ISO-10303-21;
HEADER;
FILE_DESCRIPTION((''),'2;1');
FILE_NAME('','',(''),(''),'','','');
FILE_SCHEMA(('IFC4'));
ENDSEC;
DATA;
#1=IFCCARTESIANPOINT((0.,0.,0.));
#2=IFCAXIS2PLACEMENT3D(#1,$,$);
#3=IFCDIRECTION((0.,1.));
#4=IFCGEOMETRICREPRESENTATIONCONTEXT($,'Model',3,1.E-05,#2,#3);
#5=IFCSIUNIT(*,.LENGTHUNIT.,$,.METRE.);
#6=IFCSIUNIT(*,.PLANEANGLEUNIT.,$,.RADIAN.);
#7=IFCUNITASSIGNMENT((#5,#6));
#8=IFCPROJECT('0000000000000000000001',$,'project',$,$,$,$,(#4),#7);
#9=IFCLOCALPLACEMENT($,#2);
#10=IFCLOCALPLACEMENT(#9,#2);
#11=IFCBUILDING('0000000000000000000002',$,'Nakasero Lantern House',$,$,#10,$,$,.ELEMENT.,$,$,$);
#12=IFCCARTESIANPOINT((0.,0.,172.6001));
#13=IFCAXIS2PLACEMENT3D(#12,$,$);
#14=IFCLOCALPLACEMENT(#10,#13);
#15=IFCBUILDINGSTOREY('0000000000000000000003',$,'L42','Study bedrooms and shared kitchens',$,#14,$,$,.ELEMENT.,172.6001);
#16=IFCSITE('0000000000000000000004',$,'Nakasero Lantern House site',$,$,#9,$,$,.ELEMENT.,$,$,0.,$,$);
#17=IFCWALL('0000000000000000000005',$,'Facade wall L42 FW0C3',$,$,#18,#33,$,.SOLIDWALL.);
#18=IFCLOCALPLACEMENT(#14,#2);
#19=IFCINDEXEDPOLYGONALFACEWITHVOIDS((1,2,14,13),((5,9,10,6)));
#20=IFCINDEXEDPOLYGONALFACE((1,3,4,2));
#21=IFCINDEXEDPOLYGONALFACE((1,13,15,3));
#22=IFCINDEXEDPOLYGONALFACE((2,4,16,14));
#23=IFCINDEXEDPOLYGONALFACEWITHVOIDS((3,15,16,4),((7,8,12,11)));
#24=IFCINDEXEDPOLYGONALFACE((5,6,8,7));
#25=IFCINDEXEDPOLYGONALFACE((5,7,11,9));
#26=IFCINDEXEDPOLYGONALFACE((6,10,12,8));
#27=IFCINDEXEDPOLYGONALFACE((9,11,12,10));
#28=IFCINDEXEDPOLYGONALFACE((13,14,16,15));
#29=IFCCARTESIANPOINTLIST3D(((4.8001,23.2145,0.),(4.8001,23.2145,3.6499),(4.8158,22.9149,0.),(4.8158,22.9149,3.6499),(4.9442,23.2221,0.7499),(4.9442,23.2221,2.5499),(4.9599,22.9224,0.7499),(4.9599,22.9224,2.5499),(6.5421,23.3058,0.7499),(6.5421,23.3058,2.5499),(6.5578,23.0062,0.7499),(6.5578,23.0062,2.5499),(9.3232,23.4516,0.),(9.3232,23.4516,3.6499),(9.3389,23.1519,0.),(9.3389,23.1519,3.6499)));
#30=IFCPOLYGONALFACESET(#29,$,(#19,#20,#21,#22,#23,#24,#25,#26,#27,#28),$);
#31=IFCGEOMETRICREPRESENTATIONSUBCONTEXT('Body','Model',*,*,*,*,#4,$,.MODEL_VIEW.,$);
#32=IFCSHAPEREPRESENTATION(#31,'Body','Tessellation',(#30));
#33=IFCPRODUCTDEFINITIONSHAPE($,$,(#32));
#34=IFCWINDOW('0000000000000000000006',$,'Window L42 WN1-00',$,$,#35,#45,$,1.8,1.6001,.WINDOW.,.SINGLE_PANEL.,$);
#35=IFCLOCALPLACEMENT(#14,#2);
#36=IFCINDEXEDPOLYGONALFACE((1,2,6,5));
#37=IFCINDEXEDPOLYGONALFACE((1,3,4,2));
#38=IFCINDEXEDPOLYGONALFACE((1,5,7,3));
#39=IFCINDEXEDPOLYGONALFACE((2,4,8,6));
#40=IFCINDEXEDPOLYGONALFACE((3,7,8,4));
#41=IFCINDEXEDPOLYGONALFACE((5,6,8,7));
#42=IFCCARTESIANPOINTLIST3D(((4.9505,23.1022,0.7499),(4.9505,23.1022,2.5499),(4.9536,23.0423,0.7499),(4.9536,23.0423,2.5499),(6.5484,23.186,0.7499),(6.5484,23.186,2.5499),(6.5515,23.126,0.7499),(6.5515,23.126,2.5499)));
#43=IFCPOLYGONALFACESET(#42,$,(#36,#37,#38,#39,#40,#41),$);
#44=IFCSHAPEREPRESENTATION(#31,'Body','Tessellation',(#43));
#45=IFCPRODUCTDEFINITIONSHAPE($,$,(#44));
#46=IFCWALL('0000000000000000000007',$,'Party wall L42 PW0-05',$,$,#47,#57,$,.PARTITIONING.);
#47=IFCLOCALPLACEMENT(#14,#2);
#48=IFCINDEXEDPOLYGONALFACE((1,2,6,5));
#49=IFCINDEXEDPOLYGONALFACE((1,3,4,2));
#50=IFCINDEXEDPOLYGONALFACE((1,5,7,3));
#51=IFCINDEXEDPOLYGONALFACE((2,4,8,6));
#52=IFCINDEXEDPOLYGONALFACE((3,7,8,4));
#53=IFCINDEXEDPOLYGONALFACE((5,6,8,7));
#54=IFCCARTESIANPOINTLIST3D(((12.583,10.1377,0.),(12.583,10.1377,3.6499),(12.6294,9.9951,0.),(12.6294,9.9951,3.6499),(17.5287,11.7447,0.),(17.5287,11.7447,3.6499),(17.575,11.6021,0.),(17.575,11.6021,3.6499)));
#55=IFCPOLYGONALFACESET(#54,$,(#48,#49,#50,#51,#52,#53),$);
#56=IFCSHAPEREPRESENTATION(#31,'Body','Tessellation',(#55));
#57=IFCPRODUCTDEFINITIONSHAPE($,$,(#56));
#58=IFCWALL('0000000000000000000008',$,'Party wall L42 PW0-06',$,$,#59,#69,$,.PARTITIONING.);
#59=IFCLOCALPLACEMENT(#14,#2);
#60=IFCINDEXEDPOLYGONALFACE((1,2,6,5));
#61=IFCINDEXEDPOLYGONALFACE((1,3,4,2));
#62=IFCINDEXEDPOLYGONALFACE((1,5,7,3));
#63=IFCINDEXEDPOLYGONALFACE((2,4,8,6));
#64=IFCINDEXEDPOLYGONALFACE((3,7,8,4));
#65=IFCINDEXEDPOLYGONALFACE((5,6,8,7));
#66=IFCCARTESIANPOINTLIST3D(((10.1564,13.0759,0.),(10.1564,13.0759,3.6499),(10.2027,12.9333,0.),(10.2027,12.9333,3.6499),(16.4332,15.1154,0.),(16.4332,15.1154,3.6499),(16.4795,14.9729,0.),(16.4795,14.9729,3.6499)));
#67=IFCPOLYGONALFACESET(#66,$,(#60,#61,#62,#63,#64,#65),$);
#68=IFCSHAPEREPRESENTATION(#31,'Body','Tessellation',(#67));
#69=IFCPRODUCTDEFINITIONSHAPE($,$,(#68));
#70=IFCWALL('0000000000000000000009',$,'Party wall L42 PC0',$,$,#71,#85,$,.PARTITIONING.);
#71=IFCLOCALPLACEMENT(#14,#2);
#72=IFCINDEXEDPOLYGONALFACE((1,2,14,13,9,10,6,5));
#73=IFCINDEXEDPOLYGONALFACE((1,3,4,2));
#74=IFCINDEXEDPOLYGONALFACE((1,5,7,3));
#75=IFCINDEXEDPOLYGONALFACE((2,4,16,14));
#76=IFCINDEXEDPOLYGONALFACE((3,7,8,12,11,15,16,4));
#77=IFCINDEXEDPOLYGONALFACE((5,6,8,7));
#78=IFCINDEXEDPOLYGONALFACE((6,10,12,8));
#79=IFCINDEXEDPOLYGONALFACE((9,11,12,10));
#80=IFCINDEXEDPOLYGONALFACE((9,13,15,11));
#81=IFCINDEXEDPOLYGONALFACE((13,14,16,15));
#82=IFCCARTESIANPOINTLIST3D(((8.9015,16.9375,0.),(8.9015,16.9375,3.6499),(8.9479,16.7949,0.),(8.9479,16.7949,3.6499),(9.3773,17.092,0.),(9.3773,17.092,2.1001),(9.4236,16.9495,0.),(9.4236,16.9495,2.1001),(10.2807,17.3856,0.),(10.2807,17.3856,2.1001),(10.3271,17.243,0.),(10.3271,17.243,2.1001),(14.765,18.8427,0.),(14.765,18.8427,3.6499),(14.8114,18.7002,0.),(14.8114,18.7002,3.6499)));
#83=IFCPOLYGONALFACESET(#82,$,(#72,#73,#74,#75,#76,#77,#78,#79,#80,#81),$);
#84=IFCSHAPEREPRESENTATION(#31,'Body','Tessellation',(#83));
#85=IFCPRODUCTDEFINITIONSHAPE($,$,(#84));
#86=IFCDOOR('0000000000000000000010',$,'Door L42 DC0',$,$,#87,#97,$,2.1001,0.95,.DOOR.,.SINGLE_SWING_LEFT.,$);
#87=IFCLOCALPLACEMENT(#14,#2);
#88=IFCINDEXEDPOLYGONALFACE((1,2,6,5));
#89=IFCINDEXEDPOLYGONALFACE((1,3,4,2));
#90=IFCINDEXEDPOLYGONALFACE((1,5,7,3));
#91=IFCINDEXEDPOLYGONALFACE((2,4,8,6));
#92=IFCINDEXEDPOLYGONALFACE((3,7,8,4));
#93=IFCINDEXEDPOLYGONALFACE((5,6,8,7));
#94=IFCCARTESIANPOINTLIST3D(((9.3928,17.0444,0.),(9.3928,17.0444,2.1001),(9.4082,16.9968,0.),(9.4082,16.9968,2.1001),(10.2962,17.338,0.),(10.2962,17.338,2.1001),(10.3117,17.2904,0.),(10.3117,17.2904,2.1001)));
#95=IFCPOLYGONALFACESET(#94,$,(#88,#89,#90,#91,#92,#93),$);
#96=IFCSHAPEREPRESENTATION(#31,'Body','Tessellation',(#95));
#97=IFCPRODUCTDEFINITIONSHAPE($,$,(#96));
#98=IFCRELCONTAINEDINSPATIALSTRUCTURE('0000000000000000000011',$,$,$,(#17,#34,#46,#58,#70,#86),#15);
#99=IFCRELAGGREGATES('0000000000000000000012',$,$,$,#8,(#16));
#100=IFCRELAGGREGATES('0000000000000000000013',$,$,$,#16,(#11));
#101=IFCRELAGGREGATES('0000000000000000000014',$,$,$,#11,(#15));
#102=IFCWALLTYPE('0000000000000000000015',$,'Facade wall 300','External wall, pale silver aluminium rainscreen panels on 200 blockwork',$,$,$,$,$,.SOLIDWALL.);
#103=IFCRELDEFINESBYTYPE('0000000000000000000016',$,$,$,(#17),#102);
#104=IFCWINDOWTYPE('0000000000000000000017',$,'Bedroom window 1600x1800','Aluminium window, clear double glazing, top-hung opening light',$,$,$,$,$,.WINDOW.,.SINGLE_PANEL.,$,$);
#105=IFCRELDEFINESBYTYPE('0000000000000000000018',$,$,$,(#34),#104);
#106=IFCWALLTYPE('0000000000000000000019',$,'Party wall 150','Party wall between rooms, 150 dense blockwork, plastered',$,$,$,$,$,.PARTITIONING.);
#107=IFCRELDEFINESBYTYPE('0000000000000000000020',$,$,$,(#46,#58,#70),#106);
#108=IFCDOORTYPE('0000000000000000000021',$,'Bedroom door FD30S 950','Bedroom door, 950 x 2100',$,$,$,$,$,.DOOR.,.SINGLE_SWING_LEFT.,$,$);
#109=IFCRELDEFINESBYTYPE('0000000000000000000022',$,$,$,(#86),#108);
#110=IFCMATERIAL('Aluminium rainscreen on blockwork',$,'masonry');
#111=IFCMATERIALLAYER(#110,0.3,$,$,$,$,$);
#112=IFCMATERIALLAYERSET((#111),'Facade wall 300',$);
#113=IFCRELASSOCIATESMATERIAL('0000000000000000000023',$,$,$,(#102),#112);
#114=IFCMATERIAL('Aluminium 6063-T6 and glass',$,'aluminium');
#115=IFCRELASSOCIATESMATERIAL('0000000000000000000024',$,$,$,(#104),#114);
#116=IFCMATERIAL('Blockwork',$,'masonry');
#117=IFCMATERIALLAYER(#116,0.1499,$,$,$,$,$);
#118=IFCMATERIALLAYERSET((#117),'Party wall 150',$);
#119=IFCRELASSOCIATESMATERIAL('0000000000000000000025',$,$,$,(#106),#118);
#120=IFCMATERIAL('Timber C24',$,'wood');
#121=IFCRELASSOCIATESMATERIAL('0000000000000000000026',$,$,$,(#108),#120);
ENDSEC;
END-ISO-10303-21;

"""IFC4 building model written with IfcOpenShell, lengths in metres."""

from ifc_helpers import new_model, si_unit, direction, frame, frame_2d, origin, place, context, subcontext, project, spatial, rectangle, extrude, material, layer, layer_set, type_object, element, fill, save


model = new_model("IFC4")

# Units and contexts
model_context = context("Model", 3, precision=1e-05, world=origin(), true_north=direction((0.0, 1.0)))
body_context = subcontext(model_context, "Body", "Model", "MODEL_VIEW")
ifc_project = project(units=[si_unit("LENGTHUNIT", "METRE"), si_unit("PLANEANGLEUNIT", "RADIAN")], contexts=[model_context])

# Site, building, storey
site_placement = place(None, origin())
site = spatial("IfcSite", under=ifc_project, at=site_placement, Name="Nakasero Lantern House site", CompositionType="ELEMENT", RefElevation=0.0)
building_placement = place(site_placement, origin())
building = spatial("IfcBuilding", under=site, at=building_placement, Name="Nakasero Lantern House", CompositionType="ELEMENT")
storey_placement = place(building_placement, frame((0.0, 0.0, 172.6001)))
storey = spatial("IfcBuildingStorey", under=building, at=storey_placement, Name="L42", Description="Study bedrooms and shared kitchens", CompositionType="ELEMENT", Elevation=172.6001)

# Shared definitions
ifc_material_1 = material(Name="Aluminium rainscreen on blockwork", Category="masonry")
ifc_layer_1 = layer(ifc_material_1, 0.3)
ifc_layer_set_1 = layer_set([ifc_layer_1], Name="Facade wall 300")
wall_type_1 = type_object("IfcWallType", Name="Facade wall 300", Description="External wall, pale silver aluminium rainscreen panels on 200 blockwork", PredefinedType="SOLIDWALL", material=ifc_layer_set_1)

# Wall, opening, window
wall_1_placement = place(storey_placement, frame((9.3311, 23.3018, 0.0), z_axis=(0.0, 0.0, 1.0), x_axis=(-0.998629, -0.052338, 0.0)))
wall_1 = element("IfcWall", 1, at=wall_1_placement, inside=storey, type_object=wall_type_1, Name="Facade wall L42 FW0C3", PredefinedType="SOLIDWALL", context=body_context, shape_type="SweptSolid", body=[
    extrude(rectangle(XDim=4.5293, YDim=0.3, at=frame_2d((2.2646, 0.0))), origin(), (0.0, 0.0, 1.0), 3.6499),
])
opening_1_placement = place(wall_1_placement, frame((2.7849, 0.0, 0.75)))
opening_1 = element("IfcOpeningElement", 2, at=opening_1_placement, cuts=wall_1, PredefinedType="OPENING", context=body_context, shape_type="SweptSolid", body=[
    extrude(rectangle(XDim=1.6001, YDim=1.8, at=frame_2d((0.8, 0.8999))), frame((0.0, 0.1699, 0.0), z_axis=(0.0, -1.0, 0.0), x_axis=(1.0, 0.0, 0.0)), (0.0, 0.0, 1.0), 0.3401),
])
ifc_material_2 = material(Name="Aluminium 6063-T6 and glass", Category="aluminium")
window_type_1 = type_object("IfcWindowType", Name="Bedroom window 1600x1800", Description="Aluminium window, clear double glazing, top-hung opening light", PartitioningType="SINGLE_PANEL", PredefinedType="WINDOW", material=ifc_material_2)
window_1_placement = place(opening_1_placement, origin())
window_1 = element("IfcWindow", 3, at=window_1_placement, inside=storey, type_object=window_type_1, Name="Window L42 WN1-00", OverallHeight=1.8, OverallWidth=1.6001, PartitioningType="SINGLE_PANEL", PredefinedType="WINDOW", context=body_context, shape_type="SweptSolid", body=[
    extrude(rectangle(XDim=1.6001, YDim=1.8, at=frame_2d((0.8, 0.8999))), frame((0.0, 0.03, 0.0), z_axis=(0.0, -1.0, 0.0), x_axis=(1.0, 0.0, 0.0)), (0.0, 0.0, 1.0), 0.0601),
])
fill(opening_1, window_1)

# Walls
ifc_material_3 = material(Name="Blockwork", Category="masonry")
ifc_layer_2 = layer(ifc_material_3, 0.1499)
ifc_layer_set_2 = layer_set([ifc_layer_2], Name="Party wall 150")
wall_type_2 = type_object("IfcWallType", Name="Party wall 150", Description="Party wall between rooms, 150 dense blockwork, plastered", PredefinedType="PARTITIONING", material=ifc_layer_set_2)
wall_2_placement = place(storey_placement, frame((12.6062, 10.0664, 0.0), z_axis=(0.0, 0.0, 1.0), x_axis=(0.951055, 0.309021, 0.0)))
element("IfcWall", 4, at=wall_2_placement, inside=storey, type_object=wall_type_2, Name="Party wall L42 PW0-05", PredefinedType="PARTITIONING", context=body_context, shape_type="SweptSolid", body=[
    extrude(rectangle(XDim=5.2002, YDim=0.1499, at=frame_2d((2.6001, 0.0))), origin(), (0.0, 0.0, 1.0), 3.6499),
])
wall_3_placement = place(storey_placement, frame((10.1797, 13.0046, 0.0), z_axis=(0.0, 0.0, 1.0), x_axis=(0.951053, 0.309028, 0.0)))
element("IfcWall", 5, at=wall_3_placement, inside=storey, type_object=wall_type_2, Name="Party wall L42 PW0-06", PredefinedType="PARTITIONING", context=body_context, shape_type="SweptSolid", body=[
    extrude(rectangle(XDim=6.5999, YDim=0.1499, at=frame_2d((3.2998, 0.0))), origin(), (0.0, 0.0, 1.0), 3.6499),
])

# Wall, opening, door
wall_4_placement = place(storey_placement, frame((8.9248, 16.8662, 0.0), z_axis=(0.0, 0.0, 1.0), x_axis=(0.951052, 0.309031, 0.0)))
wall_4 = element("IfcWall", 6, at=wall_4_placement, inside=storey, type_object=wall_type_2, Name="Party wall L42 PC0", PredefinedType="PARTITIONING", context=body_context, shape_type="SweptSolid", body=[
    extrude(rectangle(XDim=6.1653, YDim=0.1499, at=frame_2d((3.0825, 0.0))), origin(), (0.0, 0.0, 1.0), 3.6499),
])
opening_2_placement = place(wall_4_placement, frame((0.5, 0.0, 0.0)))
opening_2 = element("IfcOpeningElement", 7, at=opening_2_placement, cuts=wall_4, PredefinedType="OPENING", context=body_context, shape_type="SweptSolid", body=[
    extrude(rectangle(XDim=0.95, YDim=2.1001, at=frame_2d((0.4751, 1.05))), frame((0.0, 0.095, 0.0), z_axis=(0.0, -1.0, 0.0), x_axis=(1.0, 0.0, 0.0)), (0.0, 0.0, 1.0), 0.1899),
])
ifc_material_4 = material(Name="Timber C24", Category="wood")
door_type_1 = type_object("IfcDoorType", Name="Bedroom door FD30S 950", Description="Bedroom door, 950 x 2100", OperationType="SINGLE_SWING_LEFT", PredefinedType="DOOR", material=ifc_material_4)
door_1_placement = place(opening_2_placement, origin())
door_1 = element("IfcDoor", 8, at=door_1_placement, inside=storey, type_object=door_type_1, Name="Door L42 DC0", OperationType="SINGLE_SWING_LEFT", OverallHeight=2.1001, OverallWidth=0.95, PredefinedType="DOOR", context=body_context, shape_type="SweptSolid", body=[
    extrude(rectangle(XDim=0.95, YDim=2.1001, at=frame_2d((0.4751, 1.05))), frame((0.0, 0.0249, 0.0), z_axis=(0.0, -1.0, 0.0), x_axis=(1.0, 0.0, 0.0)), (0.0, 0.0, 1.0), 0.05),
])
fill(opening_2, door_1)

save(model, "model.ifc")
